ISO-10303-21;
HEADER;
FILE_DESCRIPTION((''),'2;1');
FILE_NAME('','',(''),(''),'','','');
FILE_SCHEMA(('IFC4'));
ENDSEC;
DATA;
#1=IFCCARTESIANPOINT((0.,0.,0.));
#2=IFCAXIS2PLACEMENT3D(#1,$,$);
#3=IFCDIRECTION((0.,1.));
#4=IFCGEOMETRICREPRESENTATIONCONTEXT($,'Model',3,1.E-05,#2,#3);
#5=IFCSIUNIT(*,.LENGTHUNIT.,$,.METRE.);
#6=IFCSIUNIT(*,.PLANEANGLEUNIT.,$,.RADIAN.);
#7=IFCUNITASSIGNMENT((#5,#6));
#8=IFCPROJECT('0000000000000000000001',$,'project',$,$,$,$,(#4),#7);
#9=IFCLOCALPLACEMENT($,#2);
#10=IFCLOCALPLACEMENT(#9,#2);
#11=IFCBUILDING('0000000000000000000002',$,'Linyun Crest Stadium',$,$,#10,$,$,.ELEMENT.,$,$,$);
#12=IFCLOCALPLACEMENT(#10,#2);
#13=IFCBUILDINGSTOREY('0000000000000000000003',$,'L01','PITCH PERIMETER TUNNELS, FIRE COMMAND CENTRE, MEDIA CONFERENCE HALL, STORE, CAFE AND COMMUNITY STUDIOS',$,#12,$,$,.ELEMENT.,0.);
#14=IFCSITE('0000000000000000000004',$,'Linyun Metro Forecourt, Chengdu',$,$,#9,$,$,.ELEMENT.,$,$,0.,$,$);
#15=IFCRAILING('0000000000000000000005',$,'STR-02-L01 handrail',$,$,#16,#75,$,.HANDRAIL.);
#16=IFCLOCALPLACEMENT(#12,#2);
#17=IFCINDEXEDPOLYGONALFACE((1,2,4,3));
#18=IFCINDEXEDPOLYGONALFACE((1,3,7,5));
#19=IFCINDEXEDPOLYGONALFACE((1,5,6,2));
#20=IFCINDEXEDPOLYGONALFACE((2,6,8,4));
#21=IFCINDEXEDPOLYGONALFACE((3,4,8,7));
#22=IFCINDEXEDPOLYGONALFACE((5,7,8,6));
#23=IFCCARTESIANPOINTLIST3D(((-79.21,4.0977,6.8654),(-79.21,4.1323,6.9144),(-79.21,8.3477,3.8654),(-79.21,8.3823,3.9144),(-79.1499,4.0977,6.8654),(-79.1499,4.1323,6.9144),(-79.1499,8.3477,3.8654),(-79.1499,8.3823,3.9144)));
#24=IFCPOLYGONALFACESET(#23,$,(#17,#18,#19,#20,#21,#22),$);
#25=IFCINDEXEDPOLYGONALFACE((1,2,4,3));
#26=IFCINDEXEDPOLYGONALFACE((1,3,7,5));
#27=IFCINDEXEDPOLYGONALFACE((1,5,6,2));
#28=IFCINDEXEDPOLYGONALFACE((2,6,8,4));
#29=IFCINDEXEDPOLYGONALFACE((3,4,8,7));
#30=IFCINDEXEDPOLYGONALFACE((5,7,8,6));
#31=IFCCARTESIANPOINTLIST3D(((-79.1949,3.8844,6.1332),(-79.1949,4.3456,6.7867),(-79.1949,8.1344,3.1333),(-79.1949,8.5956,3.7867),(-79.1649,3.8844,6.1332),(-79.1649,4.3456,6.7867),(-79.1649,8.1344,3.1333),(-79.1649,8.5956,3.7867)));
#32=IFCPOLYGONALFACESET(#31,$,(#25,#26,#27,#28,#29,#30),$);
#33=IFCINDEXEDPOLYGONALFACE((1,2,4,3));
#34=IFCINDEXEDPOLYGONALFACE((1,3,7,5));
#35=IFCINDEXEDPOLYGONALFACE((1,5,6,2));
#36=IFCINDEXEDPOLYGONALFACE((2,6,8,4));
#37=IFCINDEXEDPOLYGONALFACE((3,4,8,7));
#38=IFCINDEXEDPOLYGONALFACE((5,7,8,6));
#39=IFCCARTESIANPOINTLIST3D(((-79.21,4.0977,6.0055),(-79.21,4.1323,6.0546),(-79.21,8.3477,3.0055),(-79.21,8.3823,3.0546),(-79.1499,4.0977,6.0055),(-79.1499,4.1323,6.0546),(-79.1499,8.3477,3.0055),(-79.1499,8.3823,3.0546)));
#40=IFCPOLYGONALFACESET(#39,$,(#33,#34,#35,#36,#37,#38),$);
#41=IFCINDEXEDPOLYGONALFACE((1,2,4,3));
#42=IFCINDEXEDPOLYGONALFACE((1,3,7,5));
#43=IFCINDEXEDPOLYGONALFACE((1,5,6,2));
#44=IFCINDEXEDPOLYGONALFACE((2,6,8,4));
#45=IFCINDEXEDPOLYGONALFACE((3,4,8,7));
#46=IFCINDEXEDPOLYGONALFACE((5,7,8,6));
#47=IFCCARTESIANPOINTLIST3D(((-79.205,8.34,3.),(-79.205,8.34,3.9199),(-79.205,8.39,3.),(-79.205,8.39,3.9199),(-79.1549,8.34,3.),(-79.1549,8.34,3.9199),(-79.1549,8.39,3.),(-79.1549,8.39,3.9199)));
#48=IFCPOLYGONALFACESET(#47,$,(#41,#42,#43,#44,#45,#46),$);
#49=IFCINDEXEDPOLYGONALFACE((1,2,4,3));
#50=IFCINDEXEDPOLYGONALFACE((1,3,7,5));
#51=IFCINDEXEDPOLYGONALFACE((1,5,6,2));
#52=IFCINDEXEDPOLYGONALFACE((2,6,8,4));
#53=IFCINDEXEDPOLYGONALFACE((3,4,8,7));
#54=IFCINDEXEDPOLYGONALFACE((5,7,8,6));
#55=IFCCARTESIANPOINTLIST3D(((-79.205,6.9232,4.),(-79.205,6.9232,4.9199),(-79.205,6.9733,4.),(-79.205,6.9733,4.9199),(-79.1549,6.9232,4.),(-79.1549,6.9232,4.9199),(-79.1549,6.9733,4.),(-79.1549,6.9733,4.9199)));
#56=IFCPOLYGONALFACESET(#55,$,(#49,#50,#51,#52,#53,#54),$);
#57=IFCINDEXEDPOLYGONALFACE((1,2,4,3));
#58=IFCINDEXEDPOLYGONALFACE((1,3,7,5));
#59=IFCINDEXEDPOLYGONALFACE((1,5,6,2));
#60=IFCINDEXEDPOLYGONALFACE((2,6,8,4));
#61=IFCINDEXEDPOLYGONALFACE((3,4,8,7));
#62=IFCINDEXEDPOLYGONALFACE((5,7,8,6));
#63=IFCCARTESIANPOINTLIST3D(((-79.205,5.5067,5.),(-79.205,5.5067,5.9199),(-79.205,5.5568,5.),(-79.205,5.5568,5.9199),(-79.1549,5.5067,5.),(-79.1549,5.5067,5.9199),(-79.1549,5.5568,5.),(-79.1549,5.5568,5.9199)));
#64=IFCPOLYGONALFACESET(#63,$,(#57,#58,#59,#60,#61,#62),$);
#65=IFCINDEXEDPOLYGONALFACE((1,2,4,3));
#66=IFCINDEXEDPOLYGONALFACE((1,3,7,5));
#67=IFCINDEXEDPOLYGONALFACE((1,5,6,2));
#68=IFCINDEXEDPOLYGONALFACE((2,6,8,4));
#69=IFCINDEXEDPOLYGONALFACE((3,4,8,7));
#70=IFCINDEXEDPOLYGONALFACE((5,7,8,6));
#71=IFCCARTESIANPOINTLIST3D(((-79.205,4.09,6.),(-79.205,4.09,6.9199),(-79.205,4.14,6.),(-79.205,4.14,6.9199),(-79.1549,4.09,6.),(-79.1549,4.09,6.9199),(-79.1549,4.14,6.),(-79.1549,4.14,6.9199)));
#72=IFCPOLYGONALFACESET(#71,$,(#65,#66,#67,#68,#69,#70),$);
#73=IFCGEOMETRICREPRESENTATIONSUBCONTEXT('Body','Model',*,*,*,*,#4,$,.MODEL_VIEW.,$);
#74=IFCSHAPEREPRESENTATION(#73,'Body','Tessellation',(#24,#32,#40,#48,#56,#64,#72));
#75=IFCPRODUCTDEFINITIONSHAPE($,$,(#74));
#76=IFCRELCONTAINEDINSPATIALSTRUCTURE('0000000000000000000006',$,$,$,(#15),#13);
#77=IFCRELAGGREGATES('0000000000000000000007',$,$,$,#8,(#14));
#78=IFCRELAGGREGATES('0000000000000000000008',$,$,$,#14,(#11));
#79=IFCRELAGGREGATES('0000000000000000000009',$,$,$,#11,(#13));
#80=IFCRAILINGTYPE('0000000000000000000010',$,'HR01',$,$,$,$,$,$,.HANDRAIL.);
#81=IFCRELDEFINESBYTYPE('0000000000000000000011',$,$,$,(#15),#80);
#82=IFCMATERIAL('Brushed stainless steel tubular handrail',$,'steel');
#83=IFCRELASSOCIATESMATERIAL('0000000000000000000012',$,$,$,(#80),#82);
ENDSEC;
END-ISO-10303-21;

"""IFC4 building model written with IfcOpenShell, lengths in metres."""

from ifc_helpers import new_model, si_unit, direction, frame, origin, origin_2d, place, context, subcontext, project, spatial, rectangle, extrude, material, type_object, element, save


model = new_model("IFC4")

# Units and contexts
model_context = context("Model", 3, precision=1e-05, world=origin(), true_north=direction((0.0, 1.0)))
body_context = subcontext(model_context, "Body", "Model", "MODEL_VIEW")
ifc_project = project(units=[si_unit("LENGTHUNIT", "METRE"), si_unit("PLANEANGLEUNIT", "RADIAN")], contexts=[model_context])

# Site, building, storey
site_placement = place(None, origin())
site = spatial("IfcSite", under=ifc_project, at=site_placement, Name="Linyun Metro Forecourt, Chengdu", CompositionType="ELEMENT", RefElevation=0.0)
building_placement = place(site_placement, origin())
building = spatial("IfcBuilding", under=site, at=building_placement, Name="Linyun Crest Stadium", CompositionType="ELEMENT")
storey_placement = place(building_placement, origin())
storey = spatial("IfcBuildingStorey", under=building, at=storey_placement, Name="L01", Description="PITCH PERIMETER TUNNELS, FIRE COMMAND CENTRE, MEDIA CONFERENCE HALL, STORE, CAFE AND COMMUNITY STUDIOS", CompositionType="ELEMENT", Elevation=0.0)

# Railing
ifc_material_1 = material(Name="Brushed stainless steel tubular handrail", Category="steel")
railing_type_1 = type_object("IfcRailingType", Name="HR01", PredefinedType="HANDRAIL", material=ifc_material_1)
railing_1_placement = place(storey_placement, frame((-79.1799, 8.365, 3.0)))
element("IfcRailing", 1, at=railing_1_placement, inside=storey, type_object=railing_type_1, Name="STR-02-L01 handrail", PredefinedType="HANDRAIL", context=body_context, shape_type="SweptSolid", body=[
    extrude(rectangle(XDim=0.0601, YDim=0.0601, at=origin_2d()), frame((0.0, 0.0, 0.8899), z_axis=(0.0, -0.816968, 0.576683), x_axis=(1.0, 0.0, 0.0)), (0.0, 0.0, 1.0), 5.2021),
    extrude(rectangle(XDim=0.03, YDim=0.7998, at=origin_2d()), frame((0.0, 0.0, 0.46), z_axis=(0.0, -0.816968, 0.576683), x_axis=(1.0, 0.0, 0.0)), (0.0, 0.0, 1.0), 5.2021),
    extrude(rectangle(XDim=0.0601, YDim=0.0601, at=origin_2d()), frame((0.0, 0.0, 0.03), z_axis=(0.0, -0.816968, 0.576683), x_axis=(1.0, 0.0, 0.0)), (0.0, 0.0, 1.0), 5.2021),
    extrude(rectangle(XDim=0.05, YDim=0.05, at=origin_2d()), origin(), (0.0, 0.0, 1.0), 0.9199),
    extrude(rectangle(XDim=0.05, YDim=0.05, at=origin_2d()), frame((0.0, -1.4167, 1.0)), (0.0, 0.0, 1.0), 0.9199),
    extrude(rectangle(XDim=0.05, YDim=0.05, at=origin_2d()), frame((0.0, -2.8333, 2.0)), (0.0, 0.0, 1.0), 0.9199),
    extrude(rectangle(XDim=0.05, YDim=0.05, at=origin_2d()), frame((0.0, -4.25, 3.0)), (0.0, 0.0, 1.0), 0.9199),
])

save(model, "model.ifc")
